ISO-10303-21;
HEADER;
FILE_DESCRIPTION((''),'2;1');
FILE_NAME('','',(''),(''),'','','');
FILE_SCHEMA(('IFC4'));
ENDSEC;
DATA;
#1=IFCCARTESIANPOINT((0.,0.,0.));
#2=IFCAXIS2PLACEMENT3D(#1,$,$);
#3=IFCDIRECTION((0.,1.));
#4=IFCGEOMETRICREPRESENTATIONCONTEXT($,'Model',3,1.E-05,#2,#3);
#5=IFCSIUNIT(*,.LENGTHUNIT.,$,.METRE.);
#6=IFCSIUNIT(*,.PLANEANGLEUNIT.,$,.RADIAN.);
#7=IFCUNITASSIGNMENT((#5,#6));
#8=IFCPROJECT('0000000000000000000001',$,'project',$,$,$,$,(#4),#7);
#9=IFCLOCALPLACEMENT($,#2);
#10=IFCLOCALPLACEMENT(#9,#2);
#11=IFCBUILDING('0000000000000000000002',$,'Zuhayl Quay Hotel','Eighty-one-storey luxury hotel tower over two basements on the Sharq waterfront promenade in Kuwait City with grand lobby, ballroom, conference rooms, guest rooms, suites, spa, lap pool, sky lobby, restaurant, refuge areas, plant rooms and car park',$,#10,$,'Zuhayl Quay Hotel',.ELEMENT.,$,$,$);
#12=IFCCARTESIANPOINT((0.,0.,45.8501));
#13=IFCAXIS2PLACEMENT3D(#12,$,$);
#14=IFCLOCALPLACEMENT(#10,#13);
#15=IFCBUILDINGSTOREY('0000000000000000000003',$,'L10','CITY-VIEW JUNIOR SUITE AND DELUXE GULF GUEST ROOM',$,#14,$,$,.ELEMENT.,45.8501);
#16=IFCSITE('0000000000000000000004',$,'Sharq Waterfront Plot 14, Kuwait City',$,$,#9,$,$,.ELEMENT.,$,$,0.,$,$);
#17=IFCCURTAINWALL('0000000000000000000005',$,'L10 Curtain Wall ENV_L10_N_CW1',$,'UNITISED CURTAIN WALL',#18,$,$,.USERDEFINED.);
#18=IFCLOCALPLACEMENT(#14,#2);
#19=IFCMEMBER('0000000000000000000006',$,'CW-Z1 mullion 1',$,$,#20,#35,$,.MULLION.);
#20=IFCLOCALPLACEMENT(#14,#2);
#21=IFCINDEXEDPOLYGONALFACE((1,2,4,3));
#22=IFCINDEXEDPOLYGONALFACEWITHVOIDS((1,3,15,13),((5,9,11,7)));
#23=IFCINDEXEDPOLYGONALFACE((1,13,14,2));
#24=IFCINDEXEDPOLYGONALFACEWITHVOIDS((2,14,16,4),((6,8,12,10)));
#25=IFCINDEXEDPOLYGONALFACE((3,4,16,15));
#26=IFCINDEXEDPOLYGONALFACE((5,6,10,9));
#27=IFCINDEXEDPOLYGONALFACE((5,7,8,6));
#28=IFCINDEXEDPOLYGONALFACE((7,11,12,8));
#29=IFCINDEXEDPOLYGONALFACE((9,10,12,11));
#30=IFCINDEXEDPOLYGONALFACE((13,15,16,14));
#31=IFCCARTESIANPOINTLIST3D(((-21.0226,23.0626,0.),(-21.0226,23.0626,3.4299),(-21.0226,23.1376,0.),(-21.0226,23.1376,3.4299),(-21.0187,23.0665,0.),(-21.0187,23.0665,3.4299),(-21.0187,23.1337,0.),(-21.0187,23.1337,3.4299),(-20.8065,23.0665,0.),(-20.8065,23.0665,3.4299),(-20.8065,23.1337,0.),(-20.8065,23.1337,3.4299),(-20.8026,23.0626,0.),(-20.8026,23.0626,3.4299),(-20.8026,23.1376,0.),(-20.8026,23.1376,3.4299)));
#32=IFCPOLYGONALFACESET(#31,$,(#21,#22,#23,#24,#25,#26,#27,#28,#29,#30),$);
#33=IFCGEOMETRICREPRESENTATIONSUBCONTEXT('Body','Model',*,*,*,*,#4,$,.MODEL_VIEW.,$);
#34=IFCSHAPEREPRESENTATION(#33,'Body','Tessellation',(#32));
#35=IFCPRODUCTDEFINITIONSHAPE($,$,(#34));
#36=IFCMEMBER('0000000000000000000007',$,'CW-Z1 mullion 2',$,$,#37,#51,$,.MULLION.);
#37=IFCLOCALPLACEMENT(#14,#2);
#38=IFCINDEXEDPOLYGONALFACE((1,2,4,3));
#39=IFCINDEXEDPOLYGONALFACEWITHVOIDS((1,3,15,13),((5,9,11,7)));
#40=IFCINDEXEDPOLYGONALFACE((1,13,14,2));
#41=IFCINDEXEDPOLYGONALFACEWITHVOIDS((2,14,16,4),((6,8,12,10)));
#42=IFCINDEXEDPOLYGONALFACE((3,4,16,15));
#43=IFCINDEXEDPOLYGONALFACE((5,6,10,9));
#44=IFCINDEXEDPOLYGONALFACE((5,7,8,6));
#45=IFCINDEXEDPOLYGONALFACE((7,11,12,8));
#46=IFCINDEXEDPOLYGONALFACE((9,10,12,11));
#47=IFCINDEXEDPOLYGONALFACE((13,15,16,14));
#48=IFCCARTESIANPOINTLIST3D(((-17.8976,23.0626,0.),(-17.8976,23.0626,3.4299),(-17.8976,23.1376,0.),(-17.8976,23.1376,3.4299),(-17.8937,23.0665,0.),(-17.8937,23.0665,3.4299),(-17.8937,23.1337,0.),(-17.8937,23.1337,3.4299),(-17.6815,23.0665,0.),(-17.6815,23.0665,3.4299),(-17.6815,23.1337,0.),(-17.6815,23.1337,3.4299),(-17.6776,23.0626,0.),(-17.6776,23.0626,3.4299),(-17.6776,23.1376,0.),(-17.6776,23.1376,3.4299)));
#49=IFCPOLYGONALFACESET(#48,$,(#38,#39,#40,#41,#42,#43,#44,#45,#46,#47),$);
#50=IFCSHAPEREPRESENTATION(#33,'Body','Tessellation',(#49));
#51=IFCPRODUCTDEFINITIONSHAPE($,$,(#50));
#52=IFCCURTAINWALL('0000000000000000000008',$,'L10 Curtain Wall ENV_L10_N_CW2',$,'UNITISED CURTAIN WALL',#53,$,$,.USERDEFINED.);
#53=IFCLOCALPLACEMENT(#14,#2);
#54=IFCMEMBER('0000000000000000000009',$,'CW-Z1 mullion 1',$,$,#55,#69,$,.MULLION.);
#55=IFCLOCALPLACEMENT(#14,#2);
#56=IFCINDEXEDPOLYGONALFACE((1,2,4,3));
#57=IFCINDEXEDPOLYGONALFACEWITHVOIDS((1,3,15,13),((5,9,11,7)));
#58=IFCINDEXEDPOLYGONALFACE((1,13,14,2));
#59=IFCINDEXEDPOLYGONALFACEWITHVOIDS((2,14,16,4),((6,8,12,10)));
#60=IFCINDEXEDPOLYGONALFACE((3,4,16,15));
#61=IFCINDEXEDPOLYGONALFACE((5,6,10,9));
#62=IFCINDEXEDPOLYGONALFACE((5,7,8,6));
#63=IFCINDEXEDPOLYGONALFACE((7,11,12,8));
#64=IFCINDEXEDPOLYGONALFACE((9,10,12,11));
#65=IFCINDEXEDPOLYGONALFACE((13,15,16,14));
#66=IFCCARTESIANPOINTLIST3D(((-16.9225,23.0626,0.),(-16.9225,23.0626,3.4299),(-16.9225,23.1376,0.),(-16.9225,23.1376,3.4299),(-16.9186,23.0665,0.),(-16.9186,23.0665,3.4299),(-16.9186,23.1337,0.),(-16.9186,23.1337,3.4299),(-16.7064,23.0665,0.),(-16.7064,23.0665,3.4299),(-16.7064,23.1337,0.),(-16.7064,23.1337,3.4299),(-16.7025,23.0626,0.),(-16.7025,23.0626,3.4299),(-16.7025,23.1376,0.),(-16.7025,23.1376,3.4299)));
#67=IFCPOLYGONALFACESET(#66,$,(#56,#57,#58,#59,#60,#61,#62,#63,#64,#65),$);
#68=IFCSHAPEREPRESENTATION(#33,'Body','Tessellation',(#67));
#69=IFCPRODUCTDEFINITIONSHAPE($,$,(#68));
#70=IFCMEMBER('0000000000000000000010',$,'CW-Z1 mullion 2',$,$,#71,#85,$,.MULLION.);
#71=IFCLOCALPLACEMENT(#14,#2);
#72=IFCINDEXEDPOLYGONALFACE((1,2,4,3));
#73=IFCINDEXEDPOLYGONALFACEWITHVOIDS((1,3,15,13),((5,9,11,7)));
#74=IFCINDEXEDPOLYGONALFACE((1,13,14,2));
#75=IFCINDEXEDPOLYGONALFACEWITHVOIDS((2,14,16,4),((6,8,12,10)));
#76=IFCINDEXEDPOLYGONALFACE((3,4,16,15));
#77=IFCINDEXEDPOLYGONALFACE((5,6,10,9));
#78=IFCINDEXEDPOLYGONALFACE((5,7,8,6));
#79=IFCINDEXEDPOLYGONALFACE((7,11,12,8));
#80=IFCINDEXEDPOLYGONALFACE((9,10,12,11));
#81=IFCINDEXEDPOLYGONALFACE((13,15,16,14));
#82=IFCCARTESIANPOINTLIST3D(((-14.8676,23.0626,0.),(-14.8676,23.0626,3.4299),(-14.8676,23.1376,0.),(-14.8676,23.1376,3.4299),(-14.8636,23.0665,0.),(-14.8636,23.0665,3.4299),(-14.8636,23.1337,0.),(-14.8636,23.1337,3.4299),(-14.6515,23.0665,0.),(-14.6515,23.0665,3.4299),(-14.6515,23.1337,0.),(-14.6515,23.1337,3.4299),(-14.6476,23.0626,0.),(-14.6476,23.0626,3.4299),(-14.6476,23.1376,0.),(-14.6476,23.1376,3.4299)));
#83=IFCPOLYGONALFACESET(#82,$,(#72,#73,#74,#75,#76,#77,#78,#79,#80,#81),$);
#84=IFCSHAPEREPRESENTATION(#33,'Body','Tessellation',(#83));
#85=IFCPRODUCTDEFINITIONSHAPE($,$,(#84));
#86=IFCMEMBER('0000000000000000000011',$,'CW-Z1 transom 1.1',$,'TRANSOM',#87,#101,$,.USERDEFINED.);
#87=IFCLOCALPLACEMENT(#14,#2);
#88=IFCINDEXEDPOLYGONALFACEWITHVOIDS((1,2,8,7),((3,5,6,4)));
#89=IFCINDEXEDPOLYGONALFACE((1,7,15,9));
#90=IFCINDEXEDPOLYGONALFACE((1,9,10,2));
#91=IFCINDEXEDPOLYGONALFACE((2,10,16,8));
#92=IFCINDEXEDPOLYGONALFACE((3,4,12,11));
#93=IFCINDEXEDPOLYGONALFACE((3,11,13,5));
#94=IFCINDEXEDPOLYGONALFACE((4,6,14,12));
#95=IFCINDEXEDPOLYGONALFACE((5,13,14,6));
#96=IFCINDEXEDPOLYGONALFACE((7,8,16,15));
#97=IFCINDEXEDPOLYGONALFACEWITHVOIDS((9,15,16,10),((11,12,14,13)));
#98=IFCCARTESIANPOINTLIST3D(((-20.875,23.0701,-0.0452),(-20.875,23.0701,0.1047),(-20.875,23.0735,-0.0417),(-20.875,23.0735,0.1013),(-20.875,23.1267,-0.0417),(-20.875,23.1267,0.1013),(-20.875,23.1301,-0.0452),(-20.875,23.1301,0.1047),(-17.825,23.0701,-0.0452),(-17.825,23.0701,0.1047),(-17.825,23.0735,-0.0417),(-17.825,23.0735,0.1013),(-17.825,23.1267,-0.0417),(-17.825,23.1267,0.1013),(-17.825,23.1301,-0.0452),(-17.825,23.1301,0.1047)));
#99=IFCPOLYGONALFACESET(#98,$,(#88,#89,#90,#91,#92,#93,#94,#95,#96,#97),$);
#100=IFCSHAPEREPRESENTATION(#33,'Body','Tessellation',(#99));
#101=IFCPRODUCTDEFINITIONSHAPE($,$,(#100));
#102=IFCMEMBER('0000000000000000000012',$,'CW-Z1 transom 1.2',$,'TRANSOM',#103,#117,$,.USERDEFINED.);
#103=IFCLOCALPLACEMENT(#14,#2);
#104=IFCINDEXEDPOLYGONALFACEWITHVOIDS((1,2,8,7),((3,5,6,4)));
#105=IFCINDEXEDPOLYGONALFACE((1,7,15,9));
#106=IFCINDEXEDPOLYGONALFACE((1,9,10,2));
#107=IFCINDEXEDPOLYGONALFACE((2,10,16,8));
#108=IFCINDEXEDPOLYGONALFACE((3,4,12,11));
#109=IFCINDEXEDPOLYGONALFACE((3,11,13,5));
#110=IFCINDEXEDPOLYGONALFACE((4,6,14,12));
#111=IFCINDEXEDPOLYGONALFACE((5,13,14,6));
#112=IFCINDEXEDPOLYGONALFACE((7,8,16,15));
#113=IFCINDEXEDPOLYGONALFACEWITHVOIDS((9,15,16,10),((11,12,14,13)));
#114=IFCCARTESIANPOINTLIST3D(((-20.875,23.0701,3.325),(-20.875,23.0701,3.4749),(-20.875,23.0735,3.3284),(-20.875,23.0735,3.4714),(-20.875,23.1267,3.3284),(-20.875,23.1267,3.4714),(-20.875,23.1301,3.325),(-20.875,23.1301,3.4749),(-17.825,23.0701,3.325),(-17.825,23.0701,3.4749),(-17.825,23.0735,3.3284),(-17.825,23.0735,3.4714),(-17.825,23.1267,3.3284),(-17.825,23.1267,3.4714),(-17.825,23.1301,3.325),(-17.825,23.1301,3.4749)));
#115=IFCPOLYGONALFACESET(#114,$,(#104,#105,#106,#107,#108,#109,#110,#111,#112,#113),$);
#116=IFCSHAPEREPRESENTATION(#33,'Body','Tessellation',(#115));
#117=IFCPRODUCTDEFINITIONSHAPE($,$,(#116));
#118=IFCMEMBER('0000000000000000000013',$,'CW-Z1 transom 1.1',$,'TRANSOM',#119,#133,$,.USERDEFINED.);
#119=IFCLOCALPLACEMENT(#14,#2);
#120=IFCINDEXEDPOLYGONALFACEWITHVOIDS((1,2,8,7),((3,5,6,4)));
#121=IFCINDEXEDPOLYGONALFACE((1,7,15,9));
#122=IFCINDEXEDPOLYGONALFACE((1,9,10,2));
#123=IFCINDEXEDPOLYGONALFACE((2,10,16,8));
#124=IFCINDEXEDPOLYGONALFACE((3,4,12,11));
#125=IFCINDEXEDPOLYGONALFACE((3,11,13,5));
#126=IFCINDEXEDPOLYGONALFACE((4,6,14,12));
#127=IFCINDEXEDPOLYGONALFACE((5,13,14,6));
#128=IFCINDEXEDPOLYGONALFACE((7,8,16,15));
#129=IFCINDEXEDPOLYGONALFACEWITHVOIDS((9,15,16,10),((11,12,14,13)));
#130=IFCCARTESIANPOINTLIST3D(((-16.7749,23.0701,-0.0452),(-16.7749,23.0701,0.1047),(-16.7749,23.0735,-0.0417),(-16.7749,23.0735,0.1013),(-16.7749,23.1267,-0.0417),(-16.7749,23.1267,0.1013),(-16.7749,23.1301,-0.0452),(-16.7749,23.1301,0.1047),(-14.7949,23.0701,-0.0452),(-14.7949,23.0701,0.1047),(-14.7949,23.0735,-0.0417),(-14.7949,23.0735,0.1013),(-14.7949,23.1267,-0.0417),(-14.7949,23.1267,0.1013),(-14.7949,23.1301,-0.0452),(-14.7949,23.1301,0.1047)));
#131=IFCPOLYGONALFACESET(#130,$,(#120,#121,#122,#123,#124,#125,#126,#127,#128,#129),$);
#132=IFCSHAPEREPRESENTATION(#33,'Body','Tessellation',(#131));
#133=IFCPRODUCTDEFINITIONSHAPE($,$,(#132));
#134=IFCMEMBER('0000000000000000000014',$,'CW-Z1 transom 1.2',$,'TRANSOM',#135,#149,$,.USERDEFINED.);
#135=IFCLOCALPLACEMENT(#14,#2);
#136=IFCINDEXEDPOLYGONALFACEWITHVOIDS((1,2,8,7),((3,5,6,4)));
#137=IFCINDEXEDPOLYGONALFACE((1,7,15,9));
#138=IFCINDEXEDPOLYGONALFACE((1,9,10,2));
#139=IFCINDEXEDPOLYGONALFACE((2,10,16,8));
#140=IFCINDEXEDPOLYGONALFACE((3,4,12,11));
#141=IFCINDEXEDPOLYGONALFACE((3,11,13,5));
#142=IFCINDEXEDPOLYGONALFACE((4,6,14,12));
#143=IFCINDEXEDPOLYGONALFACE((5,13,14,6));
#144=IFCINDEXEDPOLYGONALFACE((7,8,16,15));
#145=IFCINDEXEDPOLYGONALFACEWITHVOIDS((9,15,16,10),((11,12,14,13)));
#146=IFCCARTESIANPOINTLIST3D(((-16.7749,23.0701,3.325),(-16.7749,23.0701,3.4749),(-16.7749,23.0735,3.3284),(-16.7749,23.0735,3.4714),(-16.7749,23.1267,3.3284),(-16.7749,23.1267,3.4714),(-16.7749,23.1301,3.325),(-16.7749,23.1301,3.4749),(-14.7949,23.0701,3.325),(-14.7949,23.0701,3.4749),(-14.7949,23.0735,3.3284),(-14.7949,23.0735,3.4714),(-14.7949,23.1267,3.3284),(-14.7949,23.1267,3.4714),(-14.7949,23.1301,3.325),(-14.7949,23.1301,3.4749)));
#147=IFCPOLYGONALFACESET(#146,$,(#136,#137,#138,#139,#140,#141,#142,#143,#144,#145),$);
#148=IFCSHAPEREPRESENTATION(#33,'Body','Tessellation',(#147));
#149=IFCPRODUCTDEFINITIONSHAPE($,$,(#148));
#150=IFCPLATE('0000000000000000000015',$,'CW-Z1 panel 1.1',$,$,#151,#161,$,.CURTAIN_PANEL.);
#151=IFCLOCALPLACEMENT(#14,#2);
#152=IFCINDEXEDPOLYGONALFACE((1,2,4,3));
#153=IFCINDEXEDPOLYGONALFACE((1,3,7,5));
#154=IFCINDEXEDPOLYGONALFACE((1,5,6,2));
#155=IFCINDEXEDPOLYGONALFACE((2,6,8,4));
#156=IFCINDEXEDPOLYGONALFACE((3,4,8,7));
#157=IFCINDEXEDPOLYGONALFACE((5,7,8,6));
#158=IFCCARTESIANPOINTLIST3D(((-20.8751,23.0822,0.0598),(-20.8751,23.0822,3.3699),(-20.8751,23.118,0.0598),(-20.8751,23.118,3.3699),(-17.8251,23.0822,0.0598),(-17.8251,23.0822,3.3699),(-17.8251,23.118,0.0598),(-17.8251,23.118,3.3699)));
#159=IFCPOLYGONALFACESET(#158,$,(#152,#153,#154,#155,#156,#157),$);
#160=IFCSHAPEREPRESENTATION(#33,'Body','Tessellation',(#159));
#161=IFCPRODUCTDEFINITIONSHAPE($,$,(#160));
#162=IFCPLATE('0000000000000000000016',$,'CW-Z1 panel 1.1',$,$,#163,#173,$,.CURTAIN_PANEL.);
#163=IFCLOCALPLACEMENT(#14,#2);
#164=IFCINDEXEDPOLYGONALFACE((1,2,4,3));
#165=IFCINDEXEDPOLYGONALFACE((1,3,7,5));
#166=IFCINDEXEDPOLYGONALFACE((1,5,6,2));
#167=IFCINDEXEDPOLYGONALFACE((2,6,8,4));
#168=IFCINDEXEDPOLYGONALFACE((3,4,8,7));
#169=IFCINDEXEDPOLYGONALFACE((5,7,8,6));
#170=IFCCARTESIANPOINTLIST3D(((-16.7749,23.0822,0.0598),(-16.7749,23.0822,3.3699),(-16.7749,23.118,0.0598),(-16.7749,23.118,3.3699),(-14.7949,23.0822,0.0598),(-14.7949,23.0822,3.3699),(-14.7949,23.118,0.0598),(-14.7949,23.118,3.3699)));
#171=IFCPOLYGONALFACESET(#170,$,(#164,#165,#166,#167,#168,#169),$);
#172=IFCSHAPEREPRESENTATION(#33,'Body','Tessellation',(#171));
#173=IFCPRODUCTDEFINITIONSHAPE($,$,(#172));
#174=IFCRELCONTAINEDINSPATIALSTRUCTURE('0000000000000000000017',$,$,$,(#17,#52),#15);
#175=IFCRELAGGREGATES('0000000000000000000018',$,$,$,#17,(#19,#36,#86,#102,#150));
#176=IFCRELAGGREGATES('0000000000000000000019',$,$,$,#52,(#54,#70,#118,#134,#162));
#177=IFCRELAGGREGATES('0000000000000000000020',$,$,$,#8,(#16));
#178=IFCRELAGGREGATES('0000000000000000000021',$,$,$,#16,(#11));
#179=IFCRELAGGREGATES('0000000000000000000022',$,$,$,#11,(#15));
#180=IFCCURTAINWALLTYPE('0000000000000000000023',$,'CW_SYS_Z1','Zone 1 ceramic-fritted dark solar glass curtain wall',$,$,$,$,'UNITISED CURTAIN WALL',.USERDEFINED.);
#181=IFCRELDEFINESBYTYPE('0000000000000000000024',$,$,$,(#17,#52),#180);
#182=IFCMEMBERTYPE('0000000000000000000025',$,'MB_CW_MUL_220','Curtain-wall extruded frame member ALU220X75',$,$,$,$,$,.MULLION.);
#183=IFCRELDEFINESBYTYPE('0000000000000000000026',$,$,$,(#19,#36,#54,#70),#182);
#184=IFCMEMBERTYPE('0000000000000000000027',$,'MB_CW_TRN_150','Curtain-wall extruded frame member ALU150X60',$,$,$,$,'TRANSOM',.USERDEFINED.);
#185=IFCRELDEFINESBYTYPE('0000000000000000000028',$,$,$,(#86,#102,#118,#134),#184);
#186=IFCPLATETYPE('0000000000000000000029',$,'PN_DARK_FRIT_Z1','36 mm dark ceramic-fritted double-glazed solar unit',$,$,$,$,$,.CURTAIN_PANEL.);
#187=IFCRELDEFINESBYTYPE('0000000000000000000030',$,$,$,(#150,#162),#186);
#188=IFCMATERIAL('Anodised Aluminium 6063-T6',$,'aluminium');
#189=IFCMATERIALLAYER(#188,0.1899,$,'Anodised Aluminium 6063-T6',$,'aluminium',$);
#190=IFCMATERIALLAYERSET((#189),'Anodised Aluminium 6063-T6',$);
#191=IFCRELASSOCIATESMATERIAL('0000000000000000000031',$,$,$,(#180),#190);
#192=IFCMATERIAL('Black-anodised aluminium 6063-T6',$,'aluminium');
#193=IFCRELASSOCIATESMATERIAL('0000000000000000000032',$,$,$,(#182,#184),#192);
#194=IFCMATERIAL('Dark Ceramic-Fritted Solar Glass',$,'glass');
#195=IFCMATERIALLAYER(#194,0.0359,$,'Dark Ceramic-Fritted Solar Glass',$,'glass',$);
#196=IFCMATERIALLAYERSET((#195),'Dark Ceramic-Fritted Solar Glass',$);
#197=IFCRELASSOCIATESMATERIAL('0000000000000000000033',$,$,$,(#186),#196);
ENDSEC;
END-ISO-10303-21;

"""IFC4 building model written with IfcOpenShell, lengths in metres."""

from ifc_helpers import new_model, si_unit, direction, frame, origin, origin_2d, place, context, subcontext, project, spatial, rectangle, hollow_rectangle, extrude, material, layer, layer_set, material_profile, profile_set, type_object, element, aggregate, save


model = new_model("IFC4")

# Units and contexts
model_context = context("Model", 3, precision=1e-05, world=origin(), true_north=direction((0.0, 1.0)))
body_context = subcontext(model_context, "Body", "Model", "MODEL_VIEW")
ifc_project = project(units=[si_unit("LENGTHUNIT", "METRE"), si_unit("PLANEANGLEUNIT", "RADIAN")], contexts=[model_context])

# Site, building, storey
site_placement = place(None, origin())
site = spatial("IfcSite", under=ifc_project, at=site_placement, Name="Sharq Waterfront Plot 14, Kuwait City", CompositionType="ELEMENT", RefElevation=0.0)
building_placement = place(site_placement, origin())
building = spatial("IfcBuilding", under=site, at=building_placement, Name="Zuhayl Quay Hotel", Description="Eighty-one-storey luxury hotel tower over two basements on the Sharq waterfront promenade in Kuwait City with grand lobby, ballroom, conference rooms, guest rooms, suites, spa, lap pool, sky lobby, restaurant, refuge areas, plant rooms and car park", LongName="Zuhayl Quay Hotel", CompositionType="ELEMENT")
storey_placement = place(building_placement, frame((0.0, 0.0, 45.8501)))
storey = spatial("IfcBuildingStorey", under=building, at=storey_placement, Name="L10", Description="CITY-VIEW JUNIOR SUITE AND DELUXE GULF GUEST ROOM", CompositionType="ELEMENT", Elevation=45.8501)

# Curtain walls, members
ifc_material_1 = material(Name="Anodised Aluminium 6063-T6", Category="aluminium")
ifc_layer_1 = layer(ifc_material_1, 0.1899, Name="Anodised Aluminium 6063-T6", Category="aluminium")
ifc_layer_set_1 = layer_set([ifc_layer_1], Name="Anodised Aluminium 6063-T6")
curtain_wall_type = type_object("IfcCurtainWallType", Name="CW_SYS_Z1", Description="Zone 1 ceramic-fritted dark solar glass curtain wall", ElementType="UNITISED CURTAIN WALL", PredefinedType="USERDEFINED", material=ifc_layer_set_1)
curtain_wall_1_placement = place(storey_placement, origin())
curtain_wall_1 = element("IfcCurtainWall", 1, at=curtain_wall_1_placement, inside=storey, type_object=curtain_wall_type, Name="L10 Curtain Wall ENV_L10_N_CW1", ObjectType="UNITISED CURTAIN WALL", PredefinedType="USERDEFINED")
ifc_material_2 = material(Name="Black-anodised aluminium 6063-T6", Category="aluminium")
ifc_material_profile_1 = material_profile(ifc_material_2, hollow_rectangle(XDim=0.075, YDim=0.22, WallThickness=0.0039, at=origin_2d()), Name="ALU220X75")
ifc_profile_set_1 = profile_set([ifc_material_profile_1], Name="Black-anodised aluminium 6063-T6")
member_type_1 = type_object("IfcMemberType", Name="MB_CW_MUL_220", Description="Curtain-wall extruded frame member ALU220X75", PredefinedType="MULLION", material=ifc_profile_set_1)
member_1_placement = place(storey_placement, frame((-20.9126, 23.1001, 0.0), z_axis=(0.0, 0.0, 1.0), x_axis=(0.0, 1.0, 0.0)))
member_1 = element("IfcMember", 2, at=member_1_placement, type_object=member_type_1, Name="CW-Z1 mullion 1", PredefinedType="MULLION", context=body_context, shape_type="SweptSolid", body=[
    extrude(hollow_rectangle(XDim=0.075, YDim=0.22, WallThickness=0.0039, at=origin_2d()), origin(), (0.0, 0.0, 1.0), 3.4299),
])
member_2_placement = place(storey_placement, frame((-17.7876, 23.1001, 0.0), z_axis=(0.0, 0.0, 1.0), x_axis=(0.0, 1.0, 0.0)))
member_2 = element("IfcMember", 3, at=member_2_placement, type_object=member_type_1, Name="CW-Z1 mullion 2", PredefinedType="MULLION", context=body_context, shape_type="SweptSolid", body=[
    extrude(hollow_rectangle(XDim=0.075, YDim=0.22, WallThickness=0.0039, at=origin_2d()), origin(), (0.0, 0.0, 1.0), 3.4299),
])
curtain_wall_2_placement = place(storey_placement, origin())
curtain_wall_2 = element("IfcCurtainWall", 4, at=curtain_wall_2_placement, inside=storey, type_object=curtain_wall_type, Name="L10 Curtain Wall ENV_L10_N_CW2", ObjectType="UNITISED CURTAIN WALL", PredefinedType="USERDEFINED")
member_3_placement = place(storey_placement, frame((-16.8125, 23.1001, 0.0), z_axis=(0.0, 0.0, 1.0), x_axis=(0.0, 1.0, 0.0)))
member_3 = element("IfcMember", 5, at=member_3_placement, type_object=member_type_1, Name="CW-Z1 mullion 1", PredefinedType="MULLION", context=body_context, shape_type="SweptSolid", body=[
    extrude(hollow_rectangle(XDim=0.075, YDim=0.22, WallThickness=0.0039, at=origin_2d()), origin(), (0.0, 0.0, 1.0), 3.4299),
])
member_4_placement = place(storey_placement, frame((-14.7576, 23.1001, 0.0), z_axis=(0.0, 0.0, 1.0), x_axis=(0.0, 1.0, 0.0)))
member_4 = element("IfcMember", 6, at=member_4_placement, type_object=member_type_1, Name="CW-Z1 mullion 2", PredefinedType="MULLION", context=body_context, shape_type="SweptSolid", body=[
    extrude(hollow_rectangle(XDim=0.075, YDim=0.22, WallThickness=0.0039, at=origin_2d()), origin(), (0.0, 0.0, 1.0), 3.4299),
])

# Members
ifc_material_profile_2 = material_profile(ifc_material_2, hollow_rectangle(XDim=0.0601, YDim=0.1499, WallThickness=0.0034, at=origin_2d()), Name="ALU150X60")
ifc_profile_set_2 = profile_set([ifc_material_profile_2], Name="Black-anodised aluminium 6063-T6")
member_type_2 = type_object("IfcMemberType", Name="MB_CW_TRN_150", Description="Curtain-wall extruded frame member ALU150X60", ElementType="TRANSOM", PredefinedType="USERDEFINED", material=ifc_profile_set_2)
member_5_placement = place(storey_placement, frame((-20.875, 23.1001, 0.0298), z_axis=(1.0, 0.0, 0.0), x_axis=(0.0, 1.0, 0.0)))
member_5 = element("IfcMember", 7, at=member_5_placement, type_object=member_type_2, Name="CW-Z1 transom 1.1", ObjectType="TRANSOM", PredefinedType="USERDEFINED", context=body_context, shape_type="SweptSolid", body=[
    extrude(hollow_rectangle(XDim=0.0601, YDim=0.1499, WallThickness=0.0034, at=origin_2d()), origin(), (0.0, 0.0, 1.0), 3.05),
])
member_6_placement = place(storey_placement, frame((-20.875, 23.1001, 3.3999), z_axis=(1.0, 0.0, 0.0), x_axis=(0.0, 1.0, 0.0)))
member_6 = element("IfcMember", 8, at=member_6_placement, type_object=member_type_2, Name="CW-Z1 transom 1.2", ObjectType="TRANSOM", PredefinedType="USERDEFINED", context=body_context, shape_type="SweptSolid", body=[
    extrude(hollow_rectangle(XDim=0.0601, YDim=0.1499, WallThickness=0.0034, at=origin_2d()), origin(), (0.0, 0.0, 1.0), 3.05),
])
member_7_placement = place(storey_placement, frame((-16.7749, 23.1001, 0.0298), z_axis=(1.0, 0.0, 0.0), x_axis=(0.0, 1.0, 0.0)))
member_7 = element("IfcMember", 9, at=member_7_placement, type_object=member_type_2, Name="CW-Z1 transom 1.1", ObjectType="TRANSOM", PredefinedType="USERDEFINED", context=body_context, shape_type="SweptSolid", body=[
    extrude(hollow_rectangle(XDim=0.0601, YDim=0.1499, WallThickness=0.0034, at=origin_2d()), origin(), (0.0, 0.0, 1.0), 1.98),
])
member_8_placement = place(storey_placement, frame((-16.7749, 23.1001, 3.3999), z_axis=(1.0, 0.0, 0.0), x_axis=(0.0, 1.0, 0.0)))
member_8 = element("IfcMember", 10, at=member_8_placement, type_object=member_type_2, Name="CW-Z1 transom 1.2", ObjectType="TRANSOM", PredefinedType="USERDEFINED", context=body_context, shape_type="SweptSolid", body=[
    extrude(hollow_rectangle(XDim=0.0601, YDim=0.1499, WallThickness=0.0034, at=origin_2d()), origin(), (0.0, 0.0, 1.0), 1.98),
])

# Plates
ifc_material_3 = material(Name="Dark Ceramic-Fritted Solar Glass", Category="glass")
ifc_layer_2 = layer(ifc_material_3, 0.0359, Name="Dark Ceramic-Fritted Solar Glass", Category="glass")
ifc_layer_set_2 = layer_set([ifc_layer_2], Name="Dark Ceramic-Fritted Solar Glass")
plate_type = type_object("IfcPlateType", Name="PN_DARK_FRIT_Z1", Description="36 mm dark ceramic-fritted double-glazed solar unit", PredefinedType="CURTAIN_PANEL", material=ifc_layer_set_2)
plate_1_placement = place(storey_placement, frame((-19.3501, 23.1001, 0.0598), z_axis=(0.0, 0.0, 1.0), x_axis=(1.0, 0.0, 0.0)))
plate_1 = element("IfcPlate", 11, at=plate_1_placement, type_object=plate_type, Name="CW-Z1 panel 1.1", PredefinedType="CURTAIN_PANEL", context=body_context, shape_type="SweptSolid", body=[
    extrude(rectangle(XDim=3.05, YDim=0.0359, at=origin_2d()), origin(), (0.0, 0.0, 1.0), 3.3101),
])
aggregate(curtain_wall_1, [member_1, member_2, member_5, member_6, plate_1])
plate_2_placement = place(storey_placement, frame((-15.7849, 23.1001, 0.0598), z_axis=(0.0, 0.0, 1.0), x_axis=(1.0, 0.0, 0.0)))
plate_2 = element("IfcPlate", 12, at=plate_2_placement, type_object=plate_type, Name="CW-Z1 panel 1.1", PredefinedType="CURTAIN_PANEL", context=body_context, shape_type="SweptSolid", body=[
    extrude(rectangle(XDim=1.98, YDim=0.0359, at=origin_2d()), origin(), (0.0, 0.0, 1.0), 3.3101),
])
aggregate(curtain_wall_2, [member_3, member_4, member_7, member_8, plate_2])

save(model, "model.ifc")
